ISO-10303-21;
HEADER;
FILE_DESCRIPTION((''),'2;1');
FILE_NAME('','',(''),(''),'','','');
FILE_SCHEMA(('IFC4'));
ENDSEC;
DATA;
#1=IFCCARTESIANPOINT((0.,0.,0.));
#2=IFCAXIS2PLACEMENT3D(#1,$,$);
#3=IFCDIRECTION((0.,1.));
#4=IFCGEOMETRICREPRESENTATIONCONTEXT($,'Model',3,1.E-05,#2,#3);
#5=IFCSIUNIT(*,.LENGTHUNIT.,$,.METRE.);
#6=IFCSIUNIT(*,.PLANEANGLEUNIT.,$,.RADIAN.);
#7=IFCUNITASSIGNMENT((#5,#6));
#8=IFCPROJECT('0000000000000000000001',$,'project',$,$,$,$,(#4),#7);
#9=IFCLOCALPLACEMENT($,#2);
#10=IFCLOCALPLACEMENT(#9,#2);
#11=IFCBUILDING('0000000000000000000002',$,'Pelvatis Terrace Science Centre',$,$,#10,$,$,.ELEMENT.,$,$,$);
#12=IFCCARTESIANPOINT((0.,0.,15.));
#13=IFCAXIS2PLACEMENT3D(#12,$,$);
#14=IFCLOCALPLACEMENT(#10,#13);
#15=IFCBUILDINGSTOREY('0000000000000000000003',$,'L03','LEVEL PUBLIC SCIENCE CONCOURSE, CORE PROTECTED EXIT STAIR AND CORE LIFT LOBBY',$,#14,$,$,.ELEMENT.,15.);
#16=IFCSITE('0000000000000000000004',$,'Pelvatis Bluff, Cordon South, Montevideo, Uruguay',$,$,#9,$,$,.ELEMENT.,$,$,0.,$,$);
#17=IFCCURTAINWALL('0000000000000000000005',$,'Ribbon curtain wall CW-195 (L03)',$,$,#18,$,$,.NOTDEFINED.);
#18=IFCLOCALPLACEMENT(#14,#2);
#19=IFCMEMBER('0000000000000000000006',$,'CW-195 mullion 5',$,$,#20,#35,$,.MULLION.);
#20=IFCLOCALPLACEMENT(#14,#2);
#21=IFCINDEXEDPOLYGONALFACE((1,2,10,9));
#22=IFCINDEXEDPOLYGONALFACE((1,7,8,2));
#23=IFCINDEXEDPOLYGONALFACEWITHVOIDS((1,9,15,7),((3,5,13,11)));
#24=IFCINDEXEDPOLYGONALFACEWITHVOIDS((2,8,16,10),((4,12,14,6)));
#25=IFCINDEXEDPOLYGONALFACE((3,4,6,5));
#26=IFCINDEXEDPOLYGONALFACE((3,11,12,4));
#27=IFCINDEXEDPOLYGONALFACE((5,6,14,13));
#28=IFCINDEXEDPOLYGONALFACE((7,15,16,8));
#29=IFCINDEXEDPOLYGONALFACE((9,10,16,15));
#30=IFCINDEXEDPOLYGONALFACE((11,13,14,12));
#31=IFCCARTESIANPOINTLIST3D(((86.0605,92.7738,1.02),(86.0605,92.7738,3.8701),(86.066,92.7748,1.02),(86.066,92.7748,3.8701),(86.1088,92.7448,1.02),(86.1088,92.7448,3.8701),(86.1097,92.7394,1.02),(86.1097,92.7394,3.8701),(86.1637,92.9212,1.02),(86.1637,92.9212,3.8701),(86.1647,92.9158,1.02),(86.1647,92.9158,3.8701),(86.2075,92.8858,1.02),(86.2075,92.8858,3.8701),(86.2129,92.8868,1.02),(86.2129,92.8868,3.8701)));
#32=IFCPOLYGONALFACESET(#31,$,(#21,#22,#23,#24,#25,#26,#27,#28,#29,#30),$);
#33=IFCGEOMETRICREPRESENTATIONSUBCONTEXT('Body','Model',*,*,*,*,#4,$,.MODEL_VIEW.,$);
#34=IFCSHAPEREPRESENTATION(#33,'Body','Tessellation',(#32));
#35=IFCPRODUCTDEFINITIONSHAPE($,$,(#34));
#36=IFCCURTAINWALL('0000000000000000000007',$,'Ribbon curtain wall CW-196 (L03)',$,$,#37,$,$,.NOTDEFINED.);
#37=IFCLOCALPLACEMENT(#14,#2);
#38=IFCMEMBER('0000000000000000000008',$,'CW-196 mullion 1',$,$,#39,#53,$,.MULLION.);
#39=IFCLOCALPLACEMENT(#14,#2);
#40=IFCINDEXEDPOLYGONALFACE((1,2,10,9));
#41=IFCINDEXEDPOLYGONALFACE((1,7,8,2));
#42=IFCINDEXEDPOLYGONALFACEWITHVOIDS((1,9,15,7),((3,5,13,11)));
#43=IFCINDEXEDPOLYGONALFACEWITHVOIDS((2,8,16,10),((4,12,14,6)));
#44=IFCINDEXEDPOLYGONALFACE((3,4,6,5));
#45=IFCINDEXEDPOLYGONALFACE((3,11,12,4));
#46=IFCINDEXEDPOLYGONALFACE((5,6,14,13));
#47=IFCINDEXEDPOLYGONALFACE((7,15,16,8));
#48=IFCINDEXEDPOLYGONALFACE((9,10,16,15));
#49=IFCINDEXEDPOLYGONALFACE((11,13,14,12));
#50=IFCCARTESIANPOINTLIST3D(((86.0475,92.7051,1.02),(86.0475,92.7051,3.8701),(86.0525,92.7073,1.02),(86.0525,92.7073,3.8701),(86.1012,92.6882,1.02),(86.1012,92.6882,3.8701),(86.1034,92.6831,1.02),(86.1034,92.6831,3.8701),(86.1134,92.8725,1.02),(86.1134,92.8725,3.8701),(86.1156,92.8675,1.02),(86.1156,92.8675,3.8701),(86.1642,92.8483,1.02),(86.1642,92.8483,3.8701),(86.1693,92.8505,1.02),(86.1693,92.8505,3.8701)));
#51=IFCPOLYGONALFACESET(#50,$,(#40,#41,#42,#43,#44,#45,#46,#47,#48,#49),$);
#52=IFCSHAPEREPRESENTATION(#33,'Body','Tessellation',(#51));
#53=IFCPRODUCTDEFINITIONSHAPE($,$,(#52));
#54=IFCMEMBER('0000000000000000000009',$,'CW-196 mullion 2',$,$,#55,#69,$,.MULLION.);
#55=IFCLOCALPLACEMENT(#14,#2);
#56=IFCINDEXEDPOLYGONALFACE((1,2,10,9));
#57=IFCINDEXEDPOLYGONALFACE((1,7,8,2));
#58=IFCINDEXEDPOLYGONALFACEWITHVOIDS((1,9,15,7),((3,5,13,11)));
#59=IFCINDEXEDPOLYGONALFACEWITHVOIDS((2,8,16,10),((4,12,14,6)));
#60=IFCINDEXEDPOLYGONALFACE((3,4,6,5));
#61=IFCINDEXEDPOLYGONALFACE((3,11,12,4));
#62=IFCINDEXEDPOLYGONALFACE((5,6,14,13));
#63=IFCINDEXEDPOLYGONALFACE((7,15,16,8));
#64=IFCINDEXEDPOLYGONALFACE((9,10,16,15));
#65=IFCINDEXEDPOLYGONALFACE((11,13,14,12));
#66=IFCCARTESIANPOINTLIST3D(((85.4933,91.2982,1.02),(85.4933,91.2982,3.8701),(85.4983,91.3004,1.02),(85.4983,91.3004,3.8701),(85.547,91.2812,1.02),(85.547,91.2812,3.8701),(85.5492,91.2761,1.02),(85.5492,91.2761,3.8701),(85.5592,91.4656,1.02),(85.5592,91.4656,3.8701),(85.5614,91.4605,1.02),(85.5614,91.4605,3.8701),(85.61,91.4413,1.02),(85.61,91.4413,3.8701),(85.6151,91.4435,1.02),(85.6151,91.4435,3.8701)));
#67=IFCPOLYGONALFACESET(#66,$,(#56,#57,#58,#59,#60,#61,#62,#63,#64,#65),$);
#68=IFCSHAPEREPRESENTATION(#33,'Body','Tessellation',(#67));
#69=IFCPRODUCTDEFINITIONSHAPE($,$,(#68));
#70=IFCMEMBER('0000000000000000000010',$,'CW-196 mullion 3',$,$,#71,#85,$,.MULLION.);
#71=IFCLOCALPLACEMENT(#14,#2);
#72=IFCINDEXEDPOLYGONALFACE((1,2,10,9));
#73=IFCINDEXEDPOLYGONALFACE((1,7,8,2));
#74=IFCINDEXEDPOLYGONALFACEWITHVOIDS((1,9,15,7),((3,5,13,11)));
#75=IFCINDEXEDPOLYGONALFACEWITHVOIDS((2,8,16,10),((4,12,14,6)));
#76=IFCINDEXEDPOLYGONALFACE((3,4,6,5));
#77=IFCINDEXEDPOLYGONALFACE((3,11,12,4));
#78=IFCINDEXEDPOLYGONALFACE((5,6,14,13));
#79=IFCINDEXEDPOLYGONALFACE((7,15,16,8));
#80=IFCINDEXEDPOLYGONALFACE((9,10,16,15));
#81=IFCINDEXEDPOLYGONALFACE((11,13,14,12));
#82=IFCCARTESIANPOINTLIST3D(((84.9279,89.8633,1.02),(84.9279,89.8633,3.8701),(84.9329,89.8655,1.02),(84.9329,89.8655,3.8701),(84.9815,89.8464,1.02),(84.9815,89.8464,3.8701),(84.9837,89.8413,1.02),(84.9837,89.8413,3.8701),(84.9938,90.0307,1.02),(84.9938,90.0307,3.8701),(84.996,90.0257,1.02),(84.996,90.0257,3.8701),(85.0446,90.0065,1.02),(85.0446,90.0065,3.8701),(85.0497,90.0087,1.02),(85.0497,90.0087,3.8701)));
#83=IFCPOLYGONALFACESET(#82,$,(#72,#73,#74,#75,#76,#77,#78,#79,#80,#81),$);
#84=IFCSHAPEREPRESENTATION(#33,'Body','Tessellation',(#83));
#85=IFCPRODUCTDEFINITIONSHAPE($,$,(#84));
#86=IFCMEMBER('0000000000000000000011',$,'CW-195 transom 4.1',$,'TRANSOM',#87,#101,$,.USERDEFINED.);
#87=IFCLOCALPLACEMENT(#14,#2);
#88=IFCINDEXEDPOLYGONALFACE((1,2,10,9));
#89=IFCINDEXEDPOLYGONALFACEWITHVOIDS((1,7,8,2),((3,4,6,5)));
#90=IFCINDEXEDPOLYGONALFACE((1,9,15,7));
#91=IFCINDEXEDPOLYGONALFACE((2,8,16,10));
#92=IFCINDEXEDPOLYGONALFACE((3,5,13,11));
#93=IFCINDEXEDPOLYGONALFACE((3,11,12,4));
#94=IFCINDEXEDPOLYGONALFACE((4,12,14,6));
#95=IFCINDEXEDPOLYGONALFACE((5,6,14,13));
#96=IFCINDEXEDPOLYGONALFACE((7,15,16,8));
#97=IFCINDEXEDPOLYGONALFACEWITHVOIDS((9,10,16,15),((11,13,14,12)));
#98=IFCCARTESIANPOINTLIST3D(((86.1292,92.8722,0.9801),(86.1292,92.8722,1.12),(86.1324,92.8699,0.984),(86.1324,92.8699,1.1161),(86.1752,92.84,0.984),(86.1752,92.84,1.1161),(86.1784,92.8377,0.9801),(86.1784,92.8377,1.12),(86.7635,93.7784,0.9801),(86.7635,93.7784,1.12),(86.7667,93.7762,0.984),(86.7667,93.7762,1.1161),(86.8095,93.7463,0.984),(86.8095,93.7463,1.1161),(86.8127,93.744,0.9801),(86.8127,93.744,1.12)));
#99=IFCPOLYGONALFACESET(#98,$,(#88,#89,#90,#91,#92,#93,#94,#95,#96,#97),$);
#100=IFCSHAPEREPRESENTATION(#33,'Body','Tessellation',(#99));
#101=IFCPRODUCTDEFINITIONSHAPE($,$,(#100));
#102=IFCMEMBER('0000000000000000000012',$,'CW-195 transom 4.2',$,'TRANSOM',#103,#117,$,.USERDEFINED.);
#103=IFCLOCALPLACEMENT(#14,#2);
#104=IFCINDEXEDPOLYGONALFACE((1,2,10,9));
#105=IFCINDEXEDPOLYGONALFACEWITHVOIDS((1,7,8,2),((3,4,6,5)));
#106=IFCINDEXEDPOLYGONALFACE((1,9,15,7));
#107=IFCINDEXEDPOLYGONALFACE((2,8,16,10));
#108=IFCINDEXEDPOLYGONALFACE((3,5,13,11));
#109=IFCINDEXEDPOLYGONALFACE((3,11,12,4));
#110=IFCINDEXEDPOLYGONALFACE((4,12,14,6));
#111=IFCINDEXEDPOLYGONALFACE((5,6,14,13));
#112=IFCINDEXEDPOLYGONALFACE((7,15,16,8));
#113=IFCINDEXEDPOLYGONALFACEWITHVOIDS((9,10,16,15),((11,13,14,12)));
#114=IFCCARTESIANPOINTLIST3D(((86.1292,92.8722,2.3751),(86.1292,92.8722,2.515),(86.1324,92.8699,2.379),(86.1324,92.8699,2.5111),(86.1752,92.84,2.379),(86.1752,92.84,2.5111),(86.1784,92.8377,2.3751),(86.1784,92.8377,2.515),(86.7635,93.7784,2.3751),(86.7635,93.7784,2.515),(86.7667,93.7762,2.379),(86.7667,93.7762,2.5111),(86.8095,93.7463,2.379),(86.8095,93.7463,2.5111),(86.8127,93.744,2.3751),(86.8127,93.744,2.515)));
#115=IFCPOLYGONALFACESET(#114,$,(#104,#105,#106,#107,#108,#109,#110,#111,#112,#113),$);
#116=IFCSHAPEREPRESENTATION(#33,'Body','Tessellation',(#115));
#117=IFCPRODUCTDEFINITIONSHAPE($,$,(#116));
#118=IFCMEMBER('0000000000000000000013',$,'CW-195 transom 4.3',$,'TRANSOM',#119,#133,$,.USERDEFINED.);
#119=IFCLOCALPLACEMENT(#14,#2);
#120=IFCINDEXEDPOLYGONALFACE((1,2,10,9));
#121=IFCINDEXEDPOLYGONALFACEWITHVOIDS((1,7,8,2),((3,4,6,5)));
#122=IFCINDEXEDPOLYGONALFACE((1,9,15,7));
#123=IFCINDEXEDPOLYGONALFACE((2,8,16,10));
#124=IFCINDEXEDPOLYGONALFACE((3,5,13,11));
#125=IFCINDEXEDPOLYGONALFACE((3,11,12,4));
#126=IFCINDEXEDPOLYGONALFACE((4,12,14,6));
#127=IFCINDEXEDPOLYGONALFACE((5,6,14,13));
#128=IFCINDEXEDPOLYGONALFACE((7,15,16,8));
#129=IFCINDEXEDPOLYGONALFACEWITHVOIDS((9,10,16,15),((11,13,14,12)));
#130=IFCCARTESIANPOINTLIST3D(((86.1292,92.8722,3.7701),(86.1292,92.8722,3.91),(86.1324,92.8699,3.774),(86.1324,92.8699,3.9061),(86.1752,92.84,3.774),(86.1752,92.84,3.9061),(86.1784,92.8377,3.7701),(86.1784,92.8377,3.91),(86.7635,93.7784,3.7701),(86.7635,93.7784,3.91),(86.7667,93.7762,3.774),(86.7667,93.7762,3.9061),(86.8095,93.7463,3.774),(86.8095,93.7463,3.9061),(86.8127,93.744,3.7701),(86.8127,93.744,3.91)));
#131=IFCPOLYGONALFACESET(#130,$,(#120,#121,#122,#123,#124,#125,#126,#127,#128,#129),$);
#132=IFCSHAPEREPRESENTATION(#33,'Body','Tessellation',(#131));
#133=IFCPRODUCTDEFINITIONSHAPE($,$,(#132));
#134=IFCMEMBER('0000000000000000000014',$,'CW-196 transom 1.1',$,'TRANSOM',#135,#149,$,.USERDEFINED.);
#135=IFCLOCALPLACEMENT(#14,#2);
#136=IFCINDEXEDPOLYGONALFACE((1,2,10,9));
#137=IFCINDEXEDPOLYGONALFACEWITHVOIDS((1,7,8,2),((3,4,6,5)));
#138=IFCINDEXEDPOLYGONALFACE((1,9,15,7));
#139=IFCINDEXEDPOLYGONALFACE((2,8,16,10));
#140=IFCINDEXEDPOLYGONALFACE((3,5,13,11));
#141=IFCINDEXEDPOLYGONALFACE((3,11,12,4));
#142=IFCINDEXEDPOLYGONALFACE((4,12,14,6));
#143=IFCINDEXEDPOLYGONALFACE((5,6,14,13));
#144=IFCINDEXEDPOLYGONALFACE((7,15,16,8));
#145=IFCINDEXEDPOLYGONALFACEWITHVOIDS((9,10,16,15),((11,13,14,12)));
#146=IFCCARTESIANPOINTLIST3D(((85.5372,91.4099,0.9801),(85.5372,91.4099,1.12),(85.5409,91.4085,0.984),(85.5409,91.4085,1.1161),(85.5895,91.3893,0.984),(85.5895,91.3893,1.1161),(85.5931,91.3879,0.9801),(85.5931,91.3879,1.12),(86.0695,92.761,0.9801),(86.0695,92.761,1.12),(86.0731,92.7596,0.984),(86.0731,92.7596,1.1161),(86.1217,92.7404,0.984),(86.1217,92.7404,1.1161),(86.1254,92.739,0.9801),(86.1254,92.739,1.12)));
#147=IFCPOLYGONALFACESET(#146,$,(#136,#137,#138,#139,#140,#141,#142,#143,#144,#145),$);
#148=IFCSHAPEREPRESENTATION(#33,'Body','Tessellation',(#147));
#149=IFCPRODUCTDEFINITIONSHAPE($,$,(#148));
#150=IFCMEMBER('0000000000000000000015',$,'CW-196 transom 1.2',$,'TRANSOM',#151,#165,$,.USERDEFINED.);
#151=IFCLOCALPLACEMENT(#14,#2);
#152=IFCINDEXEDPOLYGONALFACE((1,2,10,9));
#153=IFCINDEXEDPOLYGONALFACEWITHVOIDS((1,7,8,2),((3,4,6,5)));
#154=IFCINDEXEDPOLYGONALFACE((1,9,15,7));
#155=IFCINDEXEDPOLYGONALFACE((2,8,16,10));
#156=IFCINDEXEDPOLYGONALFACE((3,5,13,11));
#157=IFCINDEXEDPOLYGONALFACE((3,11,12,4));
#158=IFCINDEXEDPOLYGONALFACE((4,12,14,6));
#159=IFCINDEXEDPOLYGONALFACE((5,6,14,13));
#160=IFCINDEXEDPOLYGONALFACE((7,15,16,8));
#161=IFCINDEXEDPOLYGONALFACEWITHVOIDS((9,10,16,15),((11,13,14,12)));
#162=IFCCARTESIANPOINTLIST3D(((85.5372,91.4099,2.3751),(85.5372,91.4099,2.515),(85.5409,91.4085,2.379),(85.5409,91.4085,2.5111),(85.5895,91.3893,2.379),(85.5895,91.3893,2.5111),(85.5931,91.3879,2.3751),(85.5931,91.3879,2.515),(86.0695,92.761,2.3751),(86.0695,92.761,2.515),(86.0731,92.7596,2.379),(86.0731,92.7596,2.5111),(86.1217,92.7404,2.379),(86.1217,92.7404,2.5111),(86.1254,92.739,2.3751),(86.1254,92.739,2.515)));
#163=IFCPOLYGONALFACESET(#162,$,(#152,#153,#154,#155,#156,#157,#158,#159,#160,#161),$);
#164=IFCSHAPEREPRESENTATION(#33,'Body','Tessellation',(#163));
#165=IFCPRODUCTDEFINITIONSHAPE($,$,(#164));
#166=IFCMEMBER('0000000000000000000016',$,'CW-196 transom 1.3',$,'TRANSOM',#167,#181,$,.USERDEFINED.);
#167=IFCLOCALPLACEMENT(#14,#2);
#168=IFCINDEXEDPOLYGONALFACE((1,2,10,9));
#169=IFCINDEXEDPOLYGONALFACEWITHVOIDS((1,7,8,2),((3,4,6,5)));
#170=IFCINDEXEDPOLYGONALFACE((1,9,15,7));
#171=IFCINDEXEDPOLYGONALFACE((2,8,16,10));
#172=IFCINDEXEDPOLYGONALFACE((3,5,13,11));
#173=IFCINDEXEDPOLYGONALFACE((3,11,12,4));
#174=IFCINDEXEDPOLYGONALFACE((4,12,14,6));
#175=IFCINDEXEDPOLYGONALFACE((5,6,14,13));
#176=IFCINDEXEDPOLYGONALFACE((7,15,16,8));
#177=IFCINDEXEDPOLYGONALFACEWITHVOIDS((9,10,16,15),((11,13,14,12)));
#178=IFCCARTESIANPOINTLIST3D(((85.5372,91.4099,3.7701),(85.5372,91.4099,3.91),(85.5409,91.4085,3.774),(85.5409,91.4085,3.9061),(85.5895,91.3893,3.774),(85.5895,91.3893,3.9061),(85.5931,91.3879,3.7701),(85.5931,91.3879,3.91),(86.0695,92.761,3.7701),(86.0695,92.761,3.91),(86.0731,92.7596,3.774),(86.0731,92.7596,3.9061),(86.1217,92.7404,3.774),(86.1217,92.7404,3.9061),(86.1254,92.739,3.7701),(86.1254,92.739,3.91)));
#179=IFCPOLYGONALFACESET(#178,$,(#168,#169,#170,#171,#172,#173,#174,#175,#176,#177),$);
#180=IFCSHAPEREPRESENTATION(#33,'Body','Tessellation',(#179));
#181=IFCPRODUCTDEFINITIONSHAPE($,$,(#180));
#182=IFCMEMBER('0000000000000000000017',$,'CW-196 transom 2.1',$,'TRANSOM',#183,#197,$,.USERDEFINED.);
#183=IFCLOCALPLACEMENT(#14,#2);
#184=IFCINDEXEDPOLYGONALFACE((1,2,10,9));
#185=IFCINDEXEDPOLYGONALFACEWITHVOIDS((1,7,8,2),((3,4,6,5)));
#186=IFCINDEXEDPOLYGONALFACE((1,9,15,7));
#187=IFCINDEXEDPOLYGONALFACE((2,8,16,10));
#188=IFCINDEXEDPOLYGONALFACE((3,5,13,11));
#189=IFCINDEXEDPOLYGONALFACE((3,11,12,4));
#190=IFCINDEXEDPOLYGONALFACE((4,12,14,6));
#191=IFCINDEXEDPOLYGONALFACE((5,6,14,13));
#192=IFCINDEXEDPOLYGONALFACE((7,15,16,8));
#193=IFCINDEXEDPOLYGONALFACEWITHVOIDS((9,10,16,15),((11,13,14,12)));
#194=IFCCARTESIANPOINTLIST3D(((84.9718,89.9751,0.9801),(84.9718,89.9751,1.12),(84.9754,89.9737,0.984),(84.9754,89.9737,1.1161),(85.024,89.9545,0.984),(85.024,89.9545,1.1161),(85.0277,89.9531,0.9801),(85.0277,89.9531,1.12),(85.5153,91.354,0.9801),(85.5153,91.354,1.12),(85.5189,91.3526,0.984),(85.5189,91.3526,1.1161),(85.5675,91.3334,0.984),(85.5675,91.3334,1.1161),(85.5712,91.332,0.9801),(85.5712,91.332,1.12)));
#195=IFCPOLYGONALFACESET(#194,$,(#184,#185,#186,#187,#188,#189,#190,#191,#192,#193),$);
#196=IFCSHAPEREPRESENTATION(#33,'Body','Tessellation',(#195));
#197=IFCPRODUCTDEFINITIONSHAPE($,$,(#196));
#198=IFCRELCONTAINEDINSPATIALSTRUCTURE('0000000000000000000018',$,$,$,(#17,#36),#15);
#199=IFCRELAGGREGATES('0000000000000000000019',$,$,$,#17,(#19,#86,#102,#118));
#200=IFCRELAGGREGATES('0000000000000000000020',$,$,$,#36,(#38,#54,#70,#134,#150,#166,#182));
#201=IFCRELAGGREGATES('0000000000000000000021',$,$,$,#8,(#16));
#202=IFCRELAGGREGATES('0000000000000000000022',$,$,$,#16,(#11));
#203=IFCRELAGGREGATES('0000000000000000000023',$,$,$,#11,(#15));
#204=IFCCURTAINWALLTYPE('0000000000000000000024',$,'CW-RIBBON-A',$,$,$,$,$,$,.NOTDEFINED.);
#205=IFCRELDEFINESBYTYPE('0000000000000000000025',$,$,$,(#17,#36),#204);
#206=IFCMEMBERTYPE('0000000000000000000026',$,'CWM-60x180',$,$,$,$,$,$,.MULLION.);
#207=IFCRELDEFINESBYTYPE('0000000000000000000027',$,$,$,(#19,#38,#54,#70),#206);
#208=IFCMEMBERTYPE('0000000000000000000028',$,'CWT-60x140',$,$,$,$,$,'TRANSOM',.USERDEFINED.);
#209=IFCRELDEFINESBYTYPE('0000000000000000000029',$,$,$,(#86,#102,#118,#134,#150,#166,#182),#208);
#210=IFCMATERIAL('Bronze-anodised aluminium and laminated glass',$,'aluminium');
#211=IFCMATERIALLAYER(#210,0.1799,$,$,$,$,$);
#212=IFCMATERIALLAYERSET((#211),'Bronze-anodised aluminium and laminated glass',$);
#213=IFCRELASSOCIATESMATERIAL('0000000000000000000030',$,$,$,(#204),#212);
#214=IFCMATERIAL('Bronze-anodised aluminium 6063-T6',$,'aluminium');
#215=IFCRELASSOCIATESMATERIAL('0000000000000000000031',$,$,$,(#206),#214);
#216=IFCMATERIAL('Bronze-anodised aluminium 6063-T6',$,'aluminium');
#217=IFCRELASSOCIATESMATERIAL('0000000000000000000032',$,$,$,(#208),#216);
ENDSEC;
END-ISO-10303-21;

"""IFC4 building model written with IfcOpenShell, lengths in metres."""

from ifc_helpers import new_model, si_unit, direction, frame, origin, origin_2d, place, context, subcontext, project, spatial, hollow_rectangle, extrude, material, layer, layer_set, material_profile, profile_set, type_object, element, aggregate, save


model = new_model("IFC4")

# Units and contexts
model_context = context("Model", 3, precision=1e-05, world=origin(), true_north=direction((0.0, 1.0)))
body_context = subcontext(model_context, "Body", "Model", "MODEL_VIEW")
ifc_project = project(units=[si_unit("LENGTHUNIT", "METRE"), si_unit("PLANEANGLEUNIT", "RADIAN")], contexts=[model_context])

# Site, building, storey
site_placement = place(None, origin())
site = spatial("IfcSite", under=ifc_project, at=site_placement, Name="Pelvatis Bluff, Cordon South, Montevideo, Uruguay", CompositionType="ELEMENT", RefElevation=0.0)
building_placement = place(site_placement, origin())
building = spatial("IfcBuilding", under=site, at=building_placement, Name="Pelvatis Terrace Science Centre", CompositionType="ELEMENT")
storey_placement = place(building_placement, frame((0.0, 0.0, 15.0)))
storey = spatial("IfcBuildingStorey", under=building, at=storey_placement, Name="L03", Description="LEVEL PUBLIC SCIENCE CONCOURSE, CORE PROTECTED EXIT STAIR AND CORE LIFT LOBBY", CompositionType="ELEMENT", Elevation=15.0)

# Curtain wall, member
ifc_material_1 = material(Name="Bronze-anodised aluminium and laminated glass", Category="aluminium")
ifc_layer_1 = layer(ifc_material_1, 0.1799)
ifc_layer_set_1 = layer_set([ifc_layer_1], Name="Bronze-anodised aluminium and laminated glass")
curtain_wall_type = type_object("IfcCurtainWallType", Name="CW-RIBBON-A", PredefinedType="NOTDEFINED", material=ifc_layer_set_1)
curtain_wall_1_placement = place(storey_placement, origin())
curtain_wall_1 = element("IfcCurtainWall", 1, at=curtain_wall_1_placement, inside=storey, type_object=curtain_wall_type, Name="Ribbon curtain wall CW-195 (L03)", PredefinedType="NOTDEFINED")
ifc_material_2 = material(Name="Bronze-anodised aluminium 6063-T6", Category="aluminium")
ifc_material_profile_1 = material_profile(ifc_material_2, hollow_rectangle(XDim=0.0601, YDim=0.1799, WallThickness=0.0039, at=origin_2d()), Name="ALU-MUL 60x180")
ifc_profile_set_1 = profile_set([ifc_material_profile_1], Name="Bronze-anodised aluminium 6063-T6")
member_type_1 = type_object("IfcMemberType", Name="CWM-60x180", PredefinedType="MULLION", material=ifc_profile_set_1)
member_1_placement = place(storey_placement, frame((86.1367, 92.8303, 1.02), z_axis=(0.0, 0.0, 1.0), x_axis=(0.819228, -0.573468, 0.0)))
member_1 = element("IfcMember", 2, at=member_1_placement, type_object=member_type_1, Name="CW-195 mullion 5", PredefinedType="MULLION", context=body_context, shape_type="SweptSolid", body=[
    extrude(hollow_rectangle(XDim=0.0601, YDim=0.1799, WallThickness=0.0039, at=origin_2d()), origin(), (0.0, 0.0, 1.0), 2.8501),
])

# Curtain wall, members
curtain_wall_2_placement = place(storey_placement, origin())
curtain_wall_2 = element("IfcCurtainWall", 3, at=curtain_wall_2_placement, inside=storey, type_object=curtain_wall_type, Name="Ribbon curtain wall CW-196 (L03)", PredefinedType="NOTDEFINED")
member_2_placement = place(storey_placement, frame((86.1084, 92.7778, 1.02), z_axis=(0.0, 0.0, 1.0), x_axis=(0.930402, -0.366541, 0.0)))
member_2 = element("IfcMember", 4, at=member_2_placement, type_object=member_type_1, Name="CW-196 mullion 1", PredefinedType="MULLION", context=body_context, shape_type="SweptSolid", body=[
    extrude(hollow_rectangle(XDim=0.0601, YDim=0.1799, WallThickness=0.0039, at=origin_2d()), origin(), (0.0, 0.0, 1.0), 2.8501),
])
member_3_placement = place(storey_placement, frame((85.5542, 91.3708, 1.02), z_axis=(0.0, 0.0, 1.0), x_axis=(0.930402, -0.366541, 0.0)))
member_3 = element("IfcMember", 5, at=member_3_placement, type_object=member_type_1, Name="CW-196 mullion 2", PredefinedType="MULLION", context=body_context, shape_type="SweptSolid", body=[
    extrude(hollow_rectangle(XDim=0.0601, YDim=0.1799, WallThickness=0.0039, at=origin_2d()), origin(), (0.0, 0.0, 1.0), 2.8501),
])
member_4_placement = place(storey_placement, frame((84.9888, 89.936, 1.02), z_axis=(0.0, 0.0, 1.0), x_axis=(0.930402, -0.366541, 0.0)))
member_4 = element("IfcMember", 6, at=member_4_placement, type_object=member_type_1, Name="CW-196 mullion 3", PredefinedType="MULLION", context=body_context, shape_type="SweptSolid", body=[
    extrude(hollow_rectangle(XDim=0.0601, YDim=0.1799, WallThickness=0.0039, at=origin_2d()), origin(), (0.0, 0.0, 1.0), 2.8501),
])

# Members
ifc_material_3 = material(Name="Bronze-anodised aluminium 6063-T6", Category="aluminium")
ifc_material_profile_2 = material_profile(ifc_material_3, hollow_rectangle(XDim=0.0601, YDim=0.1399, WallThickness=0.0039, at=origin_2d()), Name="ALU-TRN 60x140")
ifc_profile_set_2 = profile_set([ifc_material_profile_2], Name="Bronze-anodised aluminium 6063-T6")
member_type_2 = type_object("IfcMemberType", Name="CWT-60x140", ElementType="TRANSOM", PredefinedType="USERDEFINED", material=ifc_profile_set_2)
member_5_placement = place(storey_placement, frame((86.7881, 93.7612, 1.05), z_axis=(-0.573403, -0.819273, 0.0), x_axis=(0.819273, -0.573403, 0.0)))
member_5 = element("IfcMember", 7, at=member_5_placement, type_object=member_type_2, Name="CW-195 transom 4.1", ObjectType="TRANSOM", PredefinedType="USERDEFINED", context=body_context, shape_type="SweptSolid", body=[
    extrude(hollow_rectangle(XDim=0.0601, YDim=0.1399, WallThickness=0.0039, at=origin_2d()), origin(), (0.0, 0.0, 1.0), 1.1062),
])
member_6_placement = place(storey_placement, frame((86.7881, 93.7612, 2.4451), z_axis=(-0.573403, -0.819273, 0.0), x_axis=(0.819273, -0.573403, 0.0)))
member_6 = element("IfcMember", 8, at=member_6_placement, type_object=member_type_2, Name="CW-195 transom 4.2", ObjectType="TRANSOM", PredefinedType="USERDEFINED", context=body_context, shape_type="SweptSolid", body=[
    extrude(hollow_rectangle(XDim=0.0601, YDim=0.1399, WallThickness=0.0039, at=origin_2d()), origin(), (0.0, 0.0, 1.0), 1.1062),
])
member_7_placement = place(storey_placement, frame((86.7881, 93.7612, 3.8401), z_axis=(-0.573403, -0.819273, 0.0), x_axis=(0.819273, -0.573403, 0.0)))
member_7 = element("IfcMember", 9, at=member_7_placement, type_object=member_type_2, Name="CW-195 transom 4.3", ObjectType="TRANSOM", PredefinedType="USERDEFINED", context=body_context, shape_type="SweptSolid", body=[
    extrude(hollow_rectangle(XDim=0.0601, YDim=0.1399, WallThickness=0.0039, at=origin_2d()), origin(), (0.0, 0.0, 1.0), 1.1062),
])
member_8_placement = place(storey_placement, frame((86.0974, 92.75, 1.05), z_axis=(-0.366516, -0.930412, 0.0), x_axis=(0.930412, -0.366516, 0.0)))
member_8 = element("IfcMember", 10, at=member_8_placement, type_object=member_type_2, Name="CW-196 transom 1.1", ObjectType="TRANSOM", PredefinedType="USERDEFINED", context=body_context, shape_type="SweptSolid", body=[
    extrude(hollow_rectangle(XDim=0.0601, YDim=0.1399, WallThickness=0.0039, at=origin_2d()), origin(), (0.0, 0.0, 1.0), 1.4521),
])
member_9_placement = place(storey_placement, frame((86.0974, 92.75, 2.4451), z_axis=(-0.366516, -0.930412, 0.0), x_axis=(0.930412, -0.366516, 0.0)))
member_9 = element("IfcMember", 11, at=member_9_placement, type_object=member_type_2, Name="CW-196 transom 1.2", ObjectType="TRANSOM", PredefinedType="USERDEFINED", context=body_context, shape_type="SweptSolid", body=[
    extrude(hollow_rectangle(XDim=0.0601, YDim=0.1399, WallThickness=0.0039, at=origin_2d()), origin(), (0.0, 0.0, 1.0), 1.4521),
])
member_10_placement = place(storey_placement, frame((86.0974, 92.75, 3.8401), z_axis=(-0.366516, -0.930412, 0.0), x_axis=(0.930412, -0.366516, 0.0)))
member_10 = element("IfcMember", 12, at=member_10_placement, type_object=member_type_2, Name="CW-196 transom 1.3", ObjectType="TRANSOM", PredefinedType="USERDEFINED", context=body_context, shape_type="SweptSolid", body=[
    extrude(hollow_rectangle(XDim=0.0601, YDim=0.1399, WallThickness=0.0039, at=origin_2d()), origin(), (0.0, 0.0, 1.0), 1.4521),
])
member_11_placement = place(storey_placement, frame((85.5432, 91.343, 1.05), z_axis=(-0.366671, -0.930351, 0.0), x_axis=(0.930351, -0.366671, 0.0)))
member_11 = element("IfcMember", 13, at=member_11_placement, type_object=member_type_2, Name="CW-196 transom 2.1", ObjectType="TRANSOM", PredefinedType="USERDEFINED", context=body_context, shape_type="SweptSolid", body=[
    extrude(hollow_rectangle(XDim=0.0601, YDim=0.1399, WallThickness=0.0039, at=origin_2d()), origin(), (0.0, 0.0, 1.0), 1.4822),
])

aggregate(curtain_wall_1, [member_1, member_5, member_6, member_7])
aggregate(curtain_wall_2, [member_2, member_3, member_4, member_8, member_9, member_10, member_11])

save(model, "model.ifc")
